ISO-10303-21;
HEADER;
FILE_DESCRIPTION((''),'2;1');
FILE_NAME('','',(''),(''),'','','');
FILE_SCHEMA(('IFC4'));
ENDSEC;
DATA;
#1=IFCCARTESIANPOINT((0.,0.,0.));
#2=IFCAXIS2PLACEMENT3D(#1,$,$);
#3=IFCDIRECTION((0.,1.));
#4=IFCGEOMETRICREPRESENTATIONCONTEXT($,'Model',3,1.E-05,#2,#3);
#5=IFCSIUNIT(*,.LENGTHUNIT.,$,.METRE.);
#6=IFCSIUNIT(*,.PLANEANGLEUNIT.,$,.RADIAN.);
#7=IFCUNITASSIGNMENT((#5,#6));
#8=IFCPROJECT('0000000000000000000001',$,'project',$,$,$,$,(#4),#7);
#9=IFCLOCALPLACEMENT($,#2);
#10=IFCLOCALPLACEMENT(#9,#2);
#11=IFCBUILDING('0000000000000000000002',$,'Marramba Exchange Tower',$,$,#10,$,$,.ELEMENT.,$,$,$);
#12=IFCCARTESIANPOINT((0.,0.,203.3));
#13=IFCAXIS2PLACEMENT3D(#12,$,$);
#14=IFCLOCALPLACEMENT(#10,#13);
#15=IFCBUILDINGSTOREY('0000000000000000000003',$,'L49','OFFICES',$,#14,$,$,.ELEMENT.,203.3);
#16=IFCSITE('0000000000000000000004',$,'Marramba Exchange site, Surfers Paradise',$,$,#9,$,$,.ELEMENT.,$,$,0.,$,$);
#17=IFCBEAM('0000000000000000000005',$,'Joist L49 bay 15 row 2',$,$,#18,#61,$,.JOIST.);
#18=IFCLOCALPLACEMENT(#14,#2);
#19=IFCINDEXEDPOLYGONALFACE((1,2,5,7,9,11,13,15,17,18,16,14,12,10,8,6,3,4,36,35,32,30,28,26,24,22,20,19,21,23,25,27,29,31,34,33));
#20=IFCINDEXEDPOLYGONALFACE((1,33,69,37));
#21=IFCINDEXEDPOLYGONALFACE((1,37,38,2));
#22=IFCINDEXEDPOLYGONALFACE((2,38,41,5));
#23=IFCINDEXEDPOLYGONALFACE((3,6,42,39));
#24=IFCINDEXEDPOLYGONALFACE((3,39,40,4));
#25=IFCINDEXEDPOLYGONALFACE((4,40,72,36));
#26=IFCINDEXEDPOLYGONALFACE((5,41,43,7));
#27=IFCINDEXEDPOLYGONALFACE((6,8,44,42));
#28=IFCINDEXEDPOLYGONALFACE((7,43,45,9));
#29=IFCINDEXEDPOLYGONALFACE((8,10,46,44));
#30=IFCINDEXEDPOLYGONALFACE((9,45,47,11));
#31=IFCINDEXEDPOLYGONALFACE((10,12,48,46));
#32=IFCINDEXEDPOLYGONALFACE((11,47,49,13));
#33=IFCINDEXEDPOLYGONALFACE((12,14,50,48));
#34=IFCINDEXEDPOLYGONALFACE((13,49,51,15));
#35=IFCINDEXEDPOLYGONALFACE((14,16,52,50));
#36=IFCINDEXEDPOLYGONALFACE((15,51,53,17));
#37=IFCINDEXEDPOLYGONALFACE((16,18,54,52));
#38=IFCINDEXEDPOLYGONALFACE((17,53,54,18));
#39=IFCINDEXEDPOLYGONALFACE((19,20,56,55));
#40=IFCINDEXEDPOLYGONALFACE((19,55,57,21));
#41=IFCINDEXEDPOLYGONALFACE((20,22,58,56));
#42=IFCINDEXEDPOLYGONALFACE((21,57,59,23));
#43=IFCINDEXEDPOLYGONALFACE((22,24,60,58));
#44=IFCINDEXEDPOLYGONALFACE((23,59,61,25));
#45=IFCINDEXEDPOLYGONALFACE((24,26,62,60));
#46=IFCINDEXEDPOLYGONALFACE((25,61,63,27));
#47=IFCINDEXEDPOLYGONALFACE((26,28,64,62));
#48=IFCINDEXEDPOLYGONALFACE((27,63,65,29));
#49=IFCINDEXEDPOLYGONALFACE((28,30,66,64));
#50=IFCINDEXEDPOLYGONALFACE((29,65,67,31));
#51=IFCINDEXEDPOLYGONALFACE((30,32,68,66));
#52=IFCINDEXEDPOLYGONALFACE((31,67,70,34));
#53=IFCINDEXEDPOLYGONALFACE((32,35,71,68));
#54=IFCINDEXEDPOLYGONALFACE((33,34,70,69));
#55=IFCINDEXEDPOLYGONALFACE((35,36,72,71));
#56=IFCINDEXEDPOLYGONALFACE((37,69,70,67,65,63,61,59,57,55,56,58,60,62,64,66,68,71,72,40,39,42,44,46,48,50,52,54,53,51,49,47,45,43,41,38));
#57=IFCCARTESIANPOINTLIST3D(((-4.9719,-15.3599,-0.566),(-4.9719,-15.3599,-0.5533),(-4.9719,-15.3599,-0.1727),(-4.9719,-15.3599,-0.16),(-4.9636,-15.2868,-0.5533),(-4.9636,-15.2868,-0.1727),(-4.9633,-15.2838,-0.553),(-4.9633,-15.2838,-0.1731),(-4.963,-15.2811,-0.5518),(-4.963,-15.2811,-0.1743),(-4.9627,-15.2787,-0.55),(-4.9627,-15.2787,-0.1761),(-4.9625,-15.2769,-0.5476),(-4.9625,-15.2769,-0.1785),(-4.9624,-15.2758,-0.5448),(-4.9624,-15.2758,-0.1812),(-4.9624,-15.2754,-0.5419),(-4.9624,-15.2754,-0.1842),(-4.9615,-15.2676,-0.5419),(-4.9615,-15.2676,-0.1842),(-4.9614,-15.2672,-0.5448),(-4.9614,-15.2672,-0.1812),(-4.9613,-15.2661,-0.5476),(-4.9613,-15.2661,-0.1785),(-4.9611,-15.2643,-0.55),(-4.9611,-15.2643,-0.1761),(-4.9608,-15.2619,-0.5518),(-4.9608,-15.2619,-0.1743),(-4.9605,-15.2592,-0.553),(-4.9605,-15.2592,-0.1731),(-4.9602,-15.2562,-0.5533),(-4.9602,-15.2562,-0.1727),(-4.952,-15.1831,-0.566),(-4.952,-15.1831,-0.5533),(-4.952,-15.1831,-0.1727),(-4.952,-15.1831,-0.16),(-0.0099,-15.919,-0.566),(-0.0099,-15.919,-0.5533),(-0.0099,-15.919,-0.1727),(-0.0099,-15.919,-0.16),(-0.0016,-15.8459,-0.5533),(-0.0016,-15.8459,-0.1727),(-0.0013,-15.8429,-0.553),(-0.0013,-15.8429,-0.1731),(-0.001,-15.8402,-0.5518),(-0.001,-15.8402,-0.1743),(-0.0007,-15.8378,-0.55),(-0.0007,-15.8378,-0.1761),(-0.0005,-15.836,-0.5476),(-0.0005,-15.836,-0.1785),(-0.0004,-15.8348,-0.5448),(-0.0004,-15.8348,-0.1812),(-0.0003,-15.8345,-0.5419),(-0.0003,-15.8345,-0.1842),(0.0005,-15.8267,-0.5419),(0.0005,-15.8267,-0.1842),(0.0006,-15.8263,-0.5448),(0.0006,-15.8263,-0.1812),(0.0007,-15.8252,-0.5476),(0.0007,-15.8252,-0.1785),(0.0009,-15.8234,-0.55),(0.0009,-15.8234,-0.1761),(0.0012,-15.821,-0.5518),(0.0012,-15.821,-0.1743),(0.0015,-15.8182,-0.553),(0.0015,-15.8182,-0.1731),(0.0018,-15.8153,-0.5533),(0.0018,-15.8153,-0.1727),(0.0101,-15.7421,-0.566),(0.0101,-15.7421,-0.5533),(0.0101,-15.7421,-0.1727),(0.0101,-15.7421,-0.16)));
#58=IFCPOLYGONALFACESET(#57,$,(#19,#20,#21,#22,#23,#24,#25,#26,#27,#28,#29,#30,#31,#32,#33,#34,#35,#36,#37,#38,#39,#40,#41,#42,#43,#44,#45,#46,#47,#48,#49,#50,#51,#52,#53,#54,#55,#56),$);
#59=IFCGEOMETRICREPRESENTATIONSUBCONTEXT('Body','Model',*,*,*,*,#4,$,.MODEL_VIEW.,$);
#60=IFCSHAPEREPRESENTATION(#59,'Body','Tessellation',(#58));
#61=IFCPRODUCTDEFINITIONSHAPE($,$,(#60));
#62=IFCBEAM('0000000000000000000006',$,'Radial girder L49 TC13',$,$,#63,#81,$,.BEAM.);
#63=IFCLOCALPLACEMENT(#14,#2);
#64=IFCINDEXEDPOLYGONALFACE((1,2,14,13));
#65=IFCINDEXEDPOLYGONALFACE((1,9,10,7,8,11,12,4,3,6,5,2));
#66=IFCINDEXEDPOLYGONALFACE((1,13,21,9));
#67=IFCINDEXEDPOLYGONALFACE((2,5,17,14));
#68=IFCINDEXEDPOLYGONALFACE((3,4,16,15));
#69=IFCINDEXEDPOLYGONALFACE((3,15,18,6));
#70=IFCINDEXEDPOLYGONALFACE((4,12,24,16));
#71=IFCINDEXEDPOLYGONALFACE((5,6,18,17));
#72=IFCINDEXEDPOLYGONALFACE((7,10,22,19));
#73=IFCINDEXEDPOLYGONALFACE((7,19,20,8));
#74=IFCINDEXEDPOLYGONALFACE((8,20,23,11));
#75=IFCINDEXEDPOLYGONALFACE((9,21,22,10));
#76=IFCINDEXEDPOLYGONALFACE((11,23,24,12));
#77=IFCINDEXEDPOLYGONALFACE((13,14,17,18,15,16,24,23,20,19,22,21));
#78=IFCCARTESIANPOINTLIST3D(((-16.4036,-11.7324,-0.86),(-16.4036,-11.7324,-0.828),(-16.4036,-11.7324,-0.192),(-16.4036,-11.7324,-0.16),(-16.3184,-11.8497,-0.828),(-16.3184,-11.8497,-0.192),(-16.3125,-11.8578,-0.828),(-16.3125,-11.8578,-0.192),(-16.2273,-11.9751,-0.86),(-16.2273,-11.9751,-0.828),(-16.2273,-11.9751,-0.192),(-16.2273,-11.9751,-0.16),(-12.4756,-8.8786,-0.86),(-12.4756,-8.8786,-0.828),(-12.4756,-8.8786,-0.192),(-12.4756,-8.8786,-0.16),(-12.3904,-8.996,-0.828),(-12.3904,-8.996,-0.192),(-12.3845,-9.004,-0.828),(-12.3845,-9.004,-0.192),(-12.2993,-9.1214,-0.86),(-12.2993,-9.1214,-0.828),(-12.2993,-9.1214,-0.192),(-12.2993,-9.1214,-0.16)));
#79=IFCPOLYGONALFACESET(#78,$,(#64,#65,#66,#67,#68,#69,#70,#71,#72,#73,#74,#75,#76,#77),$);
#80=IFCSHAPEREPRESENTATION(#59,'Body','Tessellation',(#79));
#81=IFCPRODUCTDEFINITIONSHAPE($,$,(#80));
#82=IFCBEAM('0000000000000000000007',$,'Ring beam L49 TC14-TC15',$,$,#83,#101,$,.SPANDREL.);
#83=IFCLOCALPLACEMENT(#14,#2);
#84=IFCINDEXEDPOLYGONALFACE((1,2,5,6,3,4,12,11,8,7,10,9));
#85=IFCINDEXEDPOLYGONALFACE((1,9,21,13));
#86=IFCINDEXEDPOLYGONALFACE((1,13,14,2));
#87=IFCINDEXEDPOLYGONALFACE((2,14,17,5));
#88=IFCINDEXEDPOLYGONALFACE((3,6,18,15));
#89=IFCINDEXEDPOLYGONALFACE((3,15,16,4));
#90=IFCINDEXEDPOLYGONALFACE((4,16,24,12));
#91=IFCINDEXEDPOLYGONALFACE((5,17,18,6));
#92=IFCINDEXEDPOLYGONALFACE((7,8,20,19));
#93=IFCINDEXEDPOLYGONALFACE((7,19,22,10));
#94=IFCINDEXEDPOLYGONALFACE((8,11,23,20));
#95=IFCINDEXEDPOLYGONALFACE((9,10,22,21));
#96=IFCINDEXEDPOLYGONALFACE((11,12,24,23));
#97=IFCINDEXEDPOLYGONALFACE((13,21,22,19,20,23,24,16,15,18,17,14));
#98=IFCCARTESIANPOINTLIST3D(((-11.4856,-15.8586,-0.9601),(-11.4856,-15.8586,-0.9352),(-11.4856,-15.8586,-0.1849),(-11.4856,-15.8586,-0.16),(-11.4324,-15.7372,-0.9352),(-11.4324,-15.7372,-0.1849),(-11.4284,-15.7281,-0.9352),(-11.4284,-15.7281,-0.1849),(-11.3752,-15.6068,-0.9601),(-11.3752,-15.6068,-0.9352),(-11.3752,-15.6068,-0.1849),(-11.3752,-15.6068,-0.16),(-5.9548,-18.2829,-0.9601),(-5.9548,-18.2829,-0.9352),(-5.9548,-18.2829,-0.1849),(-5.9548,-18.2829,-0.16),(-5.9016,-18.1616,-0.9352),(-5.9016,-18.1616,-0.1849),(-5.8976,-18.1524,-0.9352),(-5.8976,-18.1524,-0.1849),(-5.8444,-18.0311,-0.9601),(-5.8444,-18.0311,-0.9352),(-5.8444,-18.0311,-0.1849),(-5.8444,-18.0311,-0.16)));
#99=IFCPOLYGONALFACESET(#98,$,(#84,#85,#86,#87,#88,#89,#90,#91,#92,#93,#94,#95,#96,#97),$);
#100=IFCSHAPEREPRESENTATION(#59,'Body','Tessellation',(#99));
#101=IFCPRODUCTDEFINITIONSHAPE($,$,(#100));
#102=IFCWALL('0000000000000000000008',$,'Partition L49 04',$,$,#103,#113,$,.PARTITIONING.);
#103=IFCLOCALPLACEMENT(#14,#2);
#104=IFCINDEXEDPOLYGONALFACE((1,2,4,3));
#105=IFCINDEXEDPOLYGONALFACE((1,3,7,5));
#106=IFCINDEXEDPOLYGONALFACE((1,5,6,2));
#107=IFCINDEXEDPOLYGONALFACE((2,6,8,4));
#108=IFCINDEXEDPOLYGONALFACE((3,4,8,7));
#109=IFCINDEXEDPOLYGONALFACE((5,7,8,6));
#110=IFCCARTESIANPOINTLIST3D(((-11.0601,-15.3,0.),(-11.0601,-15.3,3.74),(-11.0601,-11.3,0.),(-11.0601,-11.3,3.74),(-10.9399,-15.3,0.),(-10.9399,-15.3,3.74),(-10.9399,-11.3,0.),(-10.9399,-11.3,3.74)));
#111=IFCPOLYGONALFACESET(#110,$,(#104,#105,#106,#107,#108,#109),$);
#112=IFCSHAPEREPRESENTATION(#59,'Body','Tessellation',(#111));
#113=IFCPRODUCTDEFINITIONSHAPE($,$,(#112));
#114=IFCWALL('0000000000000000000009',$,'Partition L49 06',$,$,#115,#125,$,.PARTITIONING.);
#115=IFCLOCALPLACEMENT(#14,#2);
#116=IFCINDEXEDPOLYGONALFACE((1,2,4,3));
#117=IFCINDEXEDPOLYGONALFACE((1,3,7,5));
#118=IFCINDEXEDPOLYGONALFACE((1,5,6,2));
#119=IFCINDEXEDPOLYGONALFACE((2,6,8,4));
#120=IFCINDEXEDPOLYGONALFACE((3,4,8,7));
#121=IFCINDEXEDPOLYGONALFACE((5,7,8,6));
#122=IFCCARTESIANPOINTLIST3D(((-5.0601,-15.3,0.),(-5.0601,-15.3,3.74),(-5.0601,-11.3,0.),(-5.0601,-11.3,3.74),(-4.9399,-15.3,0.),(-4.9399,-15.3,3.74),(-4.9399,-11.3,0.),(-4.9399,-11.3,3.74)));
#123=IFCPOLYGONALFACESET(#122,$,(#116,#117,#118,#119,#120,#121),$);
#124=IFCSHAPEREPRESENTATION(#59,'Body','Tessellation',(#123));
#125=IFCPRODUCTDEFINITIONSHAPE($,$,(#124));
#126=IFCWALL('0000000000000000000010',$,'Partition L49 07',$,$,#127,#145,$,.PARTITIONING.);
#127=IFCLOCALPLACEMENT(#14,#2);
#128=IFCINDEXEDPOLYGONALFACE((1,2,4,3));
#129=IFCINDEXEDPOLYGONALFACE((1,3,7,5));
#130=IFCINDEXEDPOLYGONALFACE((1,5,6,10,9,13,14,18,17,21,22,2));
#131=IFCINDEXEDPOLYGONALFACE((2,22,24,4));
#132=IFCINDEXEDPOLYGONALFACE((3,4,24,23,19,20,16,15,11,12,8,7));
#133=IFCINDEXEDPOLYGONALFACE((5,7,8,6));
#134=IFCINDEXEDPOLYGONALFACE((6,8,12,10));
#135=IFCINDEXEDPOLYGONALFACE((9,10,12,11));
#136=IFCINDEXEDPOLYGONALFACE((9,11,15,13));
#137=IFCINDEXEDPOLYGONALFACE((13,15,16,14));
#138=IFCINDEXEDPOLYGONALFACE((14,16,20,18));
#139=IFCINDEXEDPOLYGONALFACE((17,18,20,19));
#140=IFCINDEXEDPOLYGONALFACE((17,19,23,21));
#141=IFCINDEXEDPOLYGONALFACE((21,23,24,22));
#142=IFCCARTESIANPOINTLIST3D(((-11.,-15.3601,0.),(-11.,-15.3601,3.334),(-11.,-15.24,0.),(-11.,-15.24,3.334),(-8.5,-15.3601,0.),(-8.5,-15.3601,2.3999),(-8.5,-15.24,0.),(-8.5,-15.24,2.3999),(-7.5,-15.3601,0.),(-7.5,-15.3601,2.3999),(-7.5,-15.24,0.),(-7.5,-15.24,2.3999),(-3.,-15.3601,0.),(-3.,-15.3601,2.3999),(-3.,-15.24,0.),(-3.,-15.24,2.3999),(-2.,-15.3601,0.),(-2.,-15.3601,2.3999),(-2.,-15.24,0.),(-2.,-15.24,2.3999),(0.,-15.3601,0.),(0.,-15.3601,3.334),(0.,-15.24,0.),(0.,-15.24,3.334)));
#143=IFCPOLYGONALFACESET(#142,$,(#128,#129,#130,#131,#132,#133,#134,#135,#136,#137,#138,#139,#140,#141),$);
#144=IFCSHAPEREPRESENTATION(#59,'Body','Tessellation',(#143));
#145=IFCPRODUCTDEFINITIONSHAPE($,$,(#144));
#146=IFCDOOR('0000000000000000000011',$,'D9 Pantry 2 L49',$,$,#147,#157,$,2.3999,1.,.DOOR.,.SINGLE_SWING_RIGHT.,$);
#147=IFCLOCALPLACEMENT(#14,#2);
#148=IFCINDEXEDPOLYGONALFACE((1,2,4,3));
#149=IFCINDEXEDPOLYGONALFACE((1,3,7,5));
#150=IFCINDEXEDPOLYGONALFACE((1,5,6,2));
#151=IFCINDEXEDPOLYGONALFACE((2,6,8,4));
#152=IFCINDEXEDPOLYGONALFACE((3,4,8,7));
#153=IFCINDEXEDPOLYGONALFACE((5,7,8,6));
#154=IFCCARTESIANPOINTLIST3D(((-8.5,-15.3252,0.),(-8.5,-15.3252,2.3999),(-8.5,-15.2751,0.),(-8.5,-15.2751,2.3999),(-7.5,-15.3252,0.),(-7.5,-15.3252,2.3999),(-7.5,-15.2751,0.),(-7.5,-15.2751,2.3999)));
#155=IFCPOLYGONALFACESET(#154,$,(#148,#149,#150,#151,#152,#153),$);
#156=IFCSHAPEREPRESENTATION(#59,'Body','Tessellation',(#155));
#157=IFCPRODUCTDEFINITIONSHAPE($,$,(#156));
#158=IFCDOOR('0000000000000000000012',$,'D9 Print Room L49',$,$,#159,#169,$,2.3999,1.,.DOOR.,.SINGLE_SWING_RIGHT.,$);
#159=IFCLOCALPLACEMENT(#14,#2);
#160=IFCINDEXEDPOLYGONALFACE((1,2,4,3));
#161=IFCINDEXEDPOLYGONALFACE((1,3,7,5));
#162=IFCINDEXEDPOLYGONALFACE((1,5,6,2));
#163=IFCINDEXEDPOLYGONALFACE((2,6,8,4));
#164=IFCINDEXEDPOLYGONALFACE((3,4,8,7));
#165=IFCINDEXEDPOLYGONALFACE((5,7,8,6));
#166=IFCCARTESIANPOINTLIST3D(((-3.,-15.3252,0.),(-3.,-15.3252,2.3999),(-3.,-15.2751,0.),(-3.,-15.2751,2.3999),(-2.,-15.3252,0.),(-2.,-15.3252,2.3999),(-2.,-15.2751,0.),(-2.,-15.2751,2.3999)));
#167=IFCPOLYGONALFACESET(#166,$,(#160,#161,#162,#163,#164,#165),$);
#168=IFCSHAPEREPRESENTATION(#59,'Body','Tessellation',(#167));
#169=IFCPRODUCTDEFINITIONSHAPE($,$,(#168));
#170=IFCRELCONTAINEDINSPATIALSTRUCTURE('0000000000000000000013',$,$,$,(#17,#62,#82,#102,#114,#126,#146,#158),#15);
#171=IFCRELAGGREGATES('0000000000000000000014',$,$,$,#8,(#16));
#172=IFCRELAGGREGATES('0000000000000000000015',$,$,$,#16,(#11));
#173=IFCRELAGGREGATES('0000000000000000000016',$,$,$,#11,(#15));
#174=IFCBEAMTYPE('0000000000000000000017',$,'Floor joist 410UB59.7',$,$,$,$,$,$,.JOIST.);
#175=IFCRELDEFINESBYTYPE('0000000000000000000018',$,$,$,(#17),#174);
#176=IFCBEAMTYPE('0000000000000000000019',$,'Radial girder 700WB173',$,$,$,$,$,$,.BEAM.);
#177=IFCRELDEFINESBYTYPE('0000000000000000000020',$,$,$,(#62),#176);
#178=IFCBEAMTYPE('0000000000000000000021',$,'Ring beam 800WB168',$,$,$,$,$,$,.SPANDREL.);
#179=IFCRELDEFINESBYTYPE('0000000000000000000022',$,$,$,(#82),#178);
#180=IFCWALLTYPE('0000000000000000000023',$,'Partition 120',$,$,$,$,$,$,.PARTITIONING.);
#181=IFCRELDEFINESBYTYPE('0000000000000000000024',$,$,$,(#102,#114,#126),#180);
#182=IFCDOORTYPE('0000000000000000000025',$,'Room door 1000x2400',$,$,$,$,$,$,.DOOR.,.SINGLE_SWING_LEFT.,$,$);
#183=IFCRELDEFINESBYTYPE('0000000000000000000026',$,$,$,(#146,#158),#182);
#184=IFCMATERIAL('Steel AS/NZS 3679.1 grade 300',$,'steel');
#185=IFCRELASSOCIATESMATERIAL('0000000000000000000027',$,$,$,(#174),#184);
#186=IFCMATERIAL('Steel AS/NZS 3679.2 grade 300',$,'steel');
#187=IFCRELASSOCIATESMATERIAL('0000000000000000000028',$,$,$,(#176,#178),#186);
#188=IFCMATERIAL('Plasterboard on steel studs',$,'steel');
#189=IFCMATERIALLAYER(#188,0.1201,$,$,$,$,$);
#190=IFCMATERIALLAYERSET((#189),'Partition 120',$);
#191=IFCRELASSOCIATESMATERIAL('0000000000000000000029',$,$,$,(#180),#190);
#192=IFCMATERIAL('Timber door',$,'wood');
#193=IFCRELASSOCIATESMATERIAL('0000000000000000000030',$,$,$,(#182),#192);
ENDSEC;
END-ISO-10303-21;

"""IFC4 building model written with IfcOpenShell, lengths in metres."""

from ifc_helpers import new_model, si_unit, direction, frame, frame_2d, origin, origin_2d, place, context, subcontext, project, spatial, rectangle, i_section, extrude, material, layer, layer_set, material_profile, profile_set, type_object, element, fill, save


model = new_model("IFC4")

# Units and contexts
model_context = context("Model", 3, precision=1e-05, world=origin(), true_north=direction((0.0, 1.0)))
body_context = subcontext(model_context, "Body", "Model", "MODEL_VIEW")
ifc_project = project(units=[si_unit("LENGTHUNIT", "METRE"), si_unit("PLANEANGLEUNIT", "RADIAN")], contexts=[model_context])

# Site, building, storey
site_placement = place(None, origin())
site = spatial("IfcSite", under=ifc_project, at=site_placement, Name="Marramba Exchange site, Surfers Paradise", CompositionType="ELEMENT", RefElevation=0.0)
building_placement = place(site_placement, origin())
building = spatial("IfcBuilding", under=site, at=building_placement, Name="Marramba Exchange Tower", CompositionType="ELEMENT")
storey_placement = place(building_placement, frame((0.0, 0.0, 203.3)))
storey = spatial("IfcBuildingStorey", under=building, at=storey_placement, Name="L49", Description="OFFICES", CompositionType="ELEMENT", Elevation=203.3)

# Beams
ifc_material_1 = material(Name="Steel AS/NZS 3679.2 grade 300", Category="steel")
ifc_material_2 = material(Name="Steel AS/NZS 3679.1 grade 300", Category="steel")
ifc_material_profile_1 = material_profile(ifc_material_2, i_section(OverallWidth=0.178, OverallDepth=0.406, WebThickness=0.0078, FlangeThickness=0.0127, FilletRadius=0.0115, at=origin_2d()), Name="410UB59.7")
ifc_profile_set_1 = profile_set([ifc_material_profile_1], Name="Steel AS/NZS 3679.1 grade 300")
beam_type_1 = type_object("IfcBeamType", Name="Floor joist 410UB59.7", PredefinedType="JOIST", material=ifc_profile_set_1)
beam_1_placement = place(storey_placement, frame((-4.9619, -15.2715, -0.363), z_axis=(0.993712, -0.111966, 0.0), x_axis=(0.111966, 0.993712, 0.0)))
element("IfcBeam", 1, at=beam_1_placement, inside=storey, type_object=beam_type_1, Name="Joist L49 bay 15 row 2", PredefinedType="JOIST", context=body_context, shape_type="SweptSolid", body=[
    extrude(i_section(OverallWidth=0.178, OverallDepth=0.406, WebThickness=0.0078, FlangeThickness=0.0127, FilletRadius=0.0115, at=origin_2d()), origin(), (0.0, 0.0, 1.0), 4.9934),
])
ifc_material_profile_2 = material_profile(ifc_material_1, i_section(OverallWidth=0.3, OverallDepth=0.7, WebThickness=0.01, FlangeThickness=0.032, at=origin_2d()), Name="700WB173")
ifc_profile_set_2 = profile_set([ifc_material_profile_2], Name="Steel AS/NZS 3679.2 grade 300")
beam_type_2 = type_object("IfcBeamType", Name="Radial girder 700WB173", PredefinedType="BEAM", material=ifc_profile_set_2)
beam_2_placement = place(storey_placement, frame((-12.3875, -9.0, -0.51), z_axis=(-0.809025, -0.587774, 0.0), x_axis=(0.587774, -0.809025, 0.0)))
element("IfcBeam", 2, at=beam_2_placement, inside=storey, type_object=beam_type_2, Name="Radial girder L49 TC13", PredefinedType="BEAM", context=body_context, shape_type="SweptSolid", body=[
    extrude(i_section(OverallWidth=0.3, OverallDepth=0.7, WebThickness=0.01, FlangeThickness=0.032, at=origin_2d()), origin(), (0.0, 0.0, 1.0), 4.8552),
])
ifc_material_profile_3 = material_profile(ifc_material_1, i_section(OverallWidth=0.2749, OverallDepth=0.8, WebThickness=0.01, FlangeThickness=0.0249, at=origin_2d()), Name="800WB168")
ifc_profile_set_3 = profile_set([ifc_material_profile_3], Name="Steel AS/NZS 3679.2 grade 300")
beam_type_3 = type_object("IfcBeamType", Name="Ring beam 800WB168", PredefinedType="SPANDREL", material=ifc_profile_set_3)
beam_3_placement = place(storey_placement, frame((-11.4304, -15.7327, -0.5601), z_axis=(0.915877, -0.401459, 0.0), x_axis=(0.401459, 0.915877, 0.0)))
element("IfcBeam", 3, at=beam_3_placement, inside=storey, type_object=beam_type_3, Name="Ring beam L49 TC14-TC15", PredefinedType="SPANDREL", context=body_context, shape_type="SweptSolid", body=[
    extrude(i_section(OverallWidth=0.2749, OverallDepth=0.8, WebThickness=0.01, FlangeThickness=0.0249, at=origin_2d()), origin(), (0.0, 0.0, 1.0), 6.0388),
])

# Walls
ifc_material_3 = material(Name="Plasterboard on steel studs", Category="steel")
ifc_layer_1 = layer(ifc_material_3, 0.1201)
ifc_layer_set_1 = layer_set([ifc_layer_1], Name="Partition 120")
wall_type = type_object("IfcWallType", Name="Partition 120", PredefinedType="PARTITIONING", material=ifc_layer_set_1)
for number, where, z_axis, x_axis, name in (
    (4, (-11.0, -11.3, 0.0), (0.0, 0.0, 1.0), (0.0, -1.0, 0.0), "Partition L49 04"),
    (5, (-5.0, -11.3, 0.0), (0.0, 0.0, 1.0), (0.0, -1.0, 0.0), "Partition L49 06"),
):
    element("IfcWall", number, at=place(storey_placement, frame(where, z_axis=z_axis, x_axis=x_axis)), inside=storey, type_object=wall_type, Name=name, PredefinedType="PARTITIONING", context=body_context, shape_type="SweptSolid", body=[
        extrude(rectangle(XDim=4.0, YDim=0.1201, at=frame_2d((2.0, 0.0))), origin(), (0.0, 0.0, 1.0), 3.74),
    ])

# Wall, openings, doors
wall_placement = place(storey_placement, frame((-11.0, -15.3, 0.0), z_axis=(0.0, 0.0, 1.0), x_axis=(1.0, 0.0, 0.0)))
wall = element("IfcWall", 6, at=wall_placement, inside=storey, type_object=wall_type, Name="Partition L49 07", PredefinedType="PARTITIONING", context=body_context, shape_type="SweptSolid", body=[
    extrude(rectangle(XDim=11.0, YDim=0.1201, at=frame_2d((5.5, 0.0))), origin(), (0.0, 0.0, 1.0), 3.334),
])
opening_1_placement = place(wall_placement, frame((2.5, 0.0, 0.0)))
opening_1 = element("IfcOpeningElement", 7, at=opening_1_placement, cuts=wall, PredefinedType="OPENING", context=body_context, shape_type="SweptSolid", body=[
    extrude(rectangle(XDim=1.0, YDim=2.3999, at=frame_2d((0.5, 1.2))), frame((0.0, 0.0701, 0.0), z_axis=(0.0, -1.0, 0.0), x_axis=(1.0, 0.0, 0.0)), (0.0, 0.0, 1.0), 0.1401),
])
opening_2_placement = place(wall_placement, frame((8.0, 0.0, 0.0)))
opening_2 = element("IfcOpeningElement", 8, at=opening_2_placement, cuts=wall, PredefinedType="OPENING", context=body_context, shape_type="SweptSolid", body=[
    extrude(rectangle(XDim=1.0, YDim=2.3999, at=frame_2d((0.5, 1.2))), frame((0.0, 0.0701, 0.0), z_axis=(0.0, -1.0, 0.0), x_axis=(1.0, 0.0, 0.0)), (0.0, 0.0, 1.0), 0.1401),
])
ifc_material_4 = material(Name="Timber door", Category="wood")
door_type = type_object("IfcDoorType", Name="Room door 1000x2400", OperationType="SINGLE_SWING_LEFT", PredefinedType="DOOR", material=ifc_material_4)
door_1_placement = place(opening_1_placement, origin())
door_1 = element("IfcDoor", 9, at=door_1_placement, inside=storey, type_object=door_type, Name="D9 Pantry 2 L49", OperationType="SINGLE_SWING_RIGHT", OverallHeight=2.3999, OverallWidth=1.0, PredefinedType="DOOR", context=body_context, shape_type="SweptSolid", body=[
    extrude(rectangle(XDim=1.0, YDim=2.3999, at=frame_2d((0.5, 1.2))), frame((0.0, 0.0249, 0.0), z_axis=(0.0, -1.0, 0.0), x_axis=(1.0, 0.0, 0.0)), (0.0, 0.0, 1.0), 0.05),
])
fill(opening_1, door_1)
door_2_placement = place(opening_2_placement, origin())
door_2 = element("IfcDoor", 10, at=door_2_placement, inside=storey, type_object=door_type, Name="D9 Print Room L49", OperationType="SINGLE_SWING_RIGHT", OverallHeight=2.3999, OverallWidth=1.0, PredefinedType="DOOR", context=body_context, shape_type="SweptSolid", body=[
    extrude(rectangle(XDim=1.0, YDim=2.3999, at=frame_2d((0.5, 1.2))), frame((0.0, 0.0249, 0.0), z_axis=(0.0, -1.0, 0.0), x_axis=(1.0, 0.0, 0.0)), (0.0, 0.0, 1.0), 0.05),
])
fill(opening_2, door_2)

save(model, "model.ifc")
